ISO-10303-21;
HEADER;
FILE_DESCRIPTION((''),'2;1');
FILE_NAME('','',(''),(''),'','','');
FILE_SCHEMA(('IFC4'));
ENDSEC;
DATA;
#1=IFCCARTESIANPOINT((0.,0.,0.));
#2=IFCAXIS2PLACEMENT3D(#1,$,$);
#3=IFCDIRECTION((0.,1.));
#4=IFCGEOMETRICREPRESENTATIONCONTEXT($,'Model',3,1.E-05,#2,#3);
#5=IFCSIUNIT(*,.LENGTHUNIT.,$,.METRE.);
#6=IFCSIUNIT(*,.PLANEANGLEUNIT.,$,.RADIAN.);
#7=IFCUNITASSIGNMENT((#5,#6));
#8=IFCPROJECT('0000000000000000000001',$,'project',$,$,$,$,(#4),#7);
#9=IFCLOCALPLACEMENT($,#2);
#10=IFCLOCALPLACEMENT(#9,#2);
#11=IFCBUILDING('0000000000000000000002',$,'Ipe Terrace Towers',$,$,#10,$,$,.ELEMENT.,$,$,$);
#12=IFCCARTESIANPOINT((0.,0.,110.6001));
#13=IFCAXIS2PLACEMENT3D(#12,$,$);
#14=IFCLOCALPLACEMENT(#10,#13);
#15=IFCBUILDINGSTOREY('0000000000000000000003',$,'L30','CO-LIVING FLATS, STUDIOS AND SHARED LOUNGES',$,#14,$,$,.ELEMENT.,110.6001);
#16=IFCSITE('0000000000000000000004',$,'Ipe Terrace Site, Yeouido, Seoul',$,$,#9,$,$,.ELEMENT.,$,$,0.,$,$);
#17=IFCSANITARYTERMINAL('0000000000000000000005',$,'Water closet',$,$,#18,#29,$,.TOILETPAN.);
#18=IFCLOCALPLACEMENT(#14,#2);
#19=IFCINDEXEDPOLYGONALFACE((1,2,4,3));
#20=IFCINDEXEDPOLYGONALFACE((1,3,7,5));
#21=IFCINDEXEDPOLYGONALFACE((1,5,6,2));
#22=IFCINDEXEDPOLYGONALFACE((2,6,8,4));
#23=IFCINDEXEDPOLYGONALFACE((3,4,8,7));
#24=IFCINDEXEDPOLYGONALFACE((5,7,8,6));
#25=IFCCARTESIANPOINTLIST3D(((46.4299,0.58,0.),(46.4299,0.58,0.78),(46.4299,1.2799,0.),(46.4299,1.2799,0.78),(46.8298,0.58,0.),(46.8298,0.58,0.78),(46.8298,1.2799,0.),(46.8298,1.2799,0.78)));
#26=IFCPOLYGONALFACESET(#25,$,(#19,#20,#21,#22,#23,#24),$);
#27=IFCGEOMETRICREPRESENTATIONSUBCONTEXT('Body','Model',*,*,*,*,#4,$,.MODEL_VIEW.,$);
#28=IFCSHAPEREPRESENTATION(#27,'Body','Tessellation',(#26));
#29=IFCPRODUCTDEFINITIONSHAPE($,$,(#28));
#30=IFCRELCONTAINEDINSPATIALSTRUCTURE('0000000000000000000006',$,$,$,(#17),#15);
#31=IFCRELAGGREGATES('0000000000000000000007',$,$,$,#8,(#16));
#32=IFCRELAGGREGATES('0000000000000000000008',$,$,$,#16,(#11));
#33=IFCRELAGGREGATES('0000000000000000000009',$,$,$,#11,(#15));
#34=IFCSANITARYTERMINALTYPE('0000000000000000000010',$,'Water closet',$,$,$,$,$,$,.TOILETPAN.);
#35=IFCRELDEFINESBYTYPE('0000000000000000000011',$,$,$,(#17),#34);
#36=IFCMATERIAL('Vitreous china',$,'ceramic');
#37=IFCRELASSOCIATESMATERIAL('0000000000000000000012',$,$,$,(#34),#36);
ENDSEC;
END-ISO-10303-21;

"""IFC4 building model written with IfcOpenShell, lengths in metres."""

from ifc_helpers import new_model, si_unit, direction, frame, origin, origin_2d, place, context, subcontext, project, spatial, rectangle, extrude, material, type_object, element, save


model = new_model("IFC4")

# Units and contexts
model_context = context("Model", 3, precision=1e-05, world=origin(), true_north=direction((0.0, 1.0)))
body_context = subcontext(model_context, "Body", "Model", "MODEL_VIEW")
ifc_project = project(units=[si_unit("LENGTHUNIT", "METRE"), si_unit("PLANEANGLEUNIT", "RADIAN")], contexts=[model_context])

# Site, building, storey
site_placement = place(None, origin())
site = spatial("IfcSite", under=ifc_project, at=site_placement, Name="Ipe Terrace Site, Yeouido, Seoul", CompositionType="ELEMENT", RefElevation=0.0)
building_placement = place(site_placement, origin())
building = spatial("IfcBuilding", under=site, at=building_placement, Name="Ipe Terrace Towers", CompositionType="ELEMENT")
storey_placement = place(building_placement, frame((0.0, 0.0, 110.6001)))
storey = spatial("IfcBuildingStorey", under=building, at=storey_placement, Name="L30", Description="CO-LIVING FLATS, STUDIOS AND SHARED LOUNGES", CompositionType="ELEMENT", Elevation=110.6001)

# Sanitary terminal
ifc_material_1 = material(Name="Vitreous china", Category="ceramic")
sanitary_terminal_type_1 = type_object("IfcSanitaryTerminalType", Name="Water closet", PredefinedType="TOILETPAN", material=ifc_material_1)
sanitary_terminal_1_placement = place(storey_placement, frame((46.6299, 0.9299, 0.0), z_axis=(0.0, 0.0, 1.0), x_axis=(0.0, -1.0, 0.0)))
element("IfcSanitaryTerminal", 1, at=sanitary_terminal_1_placement, inside=storey, type_object=sanitary_terminal_type_1, Name="Water closet", PredefinedType="TOILETPAN", context=body_context, shape_type="SweptSolid", body=[
    extrude(rectangle(XDim=0.7, YDim=0.3999, at=origin_2d()), origin(), (0.0, 0.0, 1.0), 0.78),
])

save(model, "model.ifc")
